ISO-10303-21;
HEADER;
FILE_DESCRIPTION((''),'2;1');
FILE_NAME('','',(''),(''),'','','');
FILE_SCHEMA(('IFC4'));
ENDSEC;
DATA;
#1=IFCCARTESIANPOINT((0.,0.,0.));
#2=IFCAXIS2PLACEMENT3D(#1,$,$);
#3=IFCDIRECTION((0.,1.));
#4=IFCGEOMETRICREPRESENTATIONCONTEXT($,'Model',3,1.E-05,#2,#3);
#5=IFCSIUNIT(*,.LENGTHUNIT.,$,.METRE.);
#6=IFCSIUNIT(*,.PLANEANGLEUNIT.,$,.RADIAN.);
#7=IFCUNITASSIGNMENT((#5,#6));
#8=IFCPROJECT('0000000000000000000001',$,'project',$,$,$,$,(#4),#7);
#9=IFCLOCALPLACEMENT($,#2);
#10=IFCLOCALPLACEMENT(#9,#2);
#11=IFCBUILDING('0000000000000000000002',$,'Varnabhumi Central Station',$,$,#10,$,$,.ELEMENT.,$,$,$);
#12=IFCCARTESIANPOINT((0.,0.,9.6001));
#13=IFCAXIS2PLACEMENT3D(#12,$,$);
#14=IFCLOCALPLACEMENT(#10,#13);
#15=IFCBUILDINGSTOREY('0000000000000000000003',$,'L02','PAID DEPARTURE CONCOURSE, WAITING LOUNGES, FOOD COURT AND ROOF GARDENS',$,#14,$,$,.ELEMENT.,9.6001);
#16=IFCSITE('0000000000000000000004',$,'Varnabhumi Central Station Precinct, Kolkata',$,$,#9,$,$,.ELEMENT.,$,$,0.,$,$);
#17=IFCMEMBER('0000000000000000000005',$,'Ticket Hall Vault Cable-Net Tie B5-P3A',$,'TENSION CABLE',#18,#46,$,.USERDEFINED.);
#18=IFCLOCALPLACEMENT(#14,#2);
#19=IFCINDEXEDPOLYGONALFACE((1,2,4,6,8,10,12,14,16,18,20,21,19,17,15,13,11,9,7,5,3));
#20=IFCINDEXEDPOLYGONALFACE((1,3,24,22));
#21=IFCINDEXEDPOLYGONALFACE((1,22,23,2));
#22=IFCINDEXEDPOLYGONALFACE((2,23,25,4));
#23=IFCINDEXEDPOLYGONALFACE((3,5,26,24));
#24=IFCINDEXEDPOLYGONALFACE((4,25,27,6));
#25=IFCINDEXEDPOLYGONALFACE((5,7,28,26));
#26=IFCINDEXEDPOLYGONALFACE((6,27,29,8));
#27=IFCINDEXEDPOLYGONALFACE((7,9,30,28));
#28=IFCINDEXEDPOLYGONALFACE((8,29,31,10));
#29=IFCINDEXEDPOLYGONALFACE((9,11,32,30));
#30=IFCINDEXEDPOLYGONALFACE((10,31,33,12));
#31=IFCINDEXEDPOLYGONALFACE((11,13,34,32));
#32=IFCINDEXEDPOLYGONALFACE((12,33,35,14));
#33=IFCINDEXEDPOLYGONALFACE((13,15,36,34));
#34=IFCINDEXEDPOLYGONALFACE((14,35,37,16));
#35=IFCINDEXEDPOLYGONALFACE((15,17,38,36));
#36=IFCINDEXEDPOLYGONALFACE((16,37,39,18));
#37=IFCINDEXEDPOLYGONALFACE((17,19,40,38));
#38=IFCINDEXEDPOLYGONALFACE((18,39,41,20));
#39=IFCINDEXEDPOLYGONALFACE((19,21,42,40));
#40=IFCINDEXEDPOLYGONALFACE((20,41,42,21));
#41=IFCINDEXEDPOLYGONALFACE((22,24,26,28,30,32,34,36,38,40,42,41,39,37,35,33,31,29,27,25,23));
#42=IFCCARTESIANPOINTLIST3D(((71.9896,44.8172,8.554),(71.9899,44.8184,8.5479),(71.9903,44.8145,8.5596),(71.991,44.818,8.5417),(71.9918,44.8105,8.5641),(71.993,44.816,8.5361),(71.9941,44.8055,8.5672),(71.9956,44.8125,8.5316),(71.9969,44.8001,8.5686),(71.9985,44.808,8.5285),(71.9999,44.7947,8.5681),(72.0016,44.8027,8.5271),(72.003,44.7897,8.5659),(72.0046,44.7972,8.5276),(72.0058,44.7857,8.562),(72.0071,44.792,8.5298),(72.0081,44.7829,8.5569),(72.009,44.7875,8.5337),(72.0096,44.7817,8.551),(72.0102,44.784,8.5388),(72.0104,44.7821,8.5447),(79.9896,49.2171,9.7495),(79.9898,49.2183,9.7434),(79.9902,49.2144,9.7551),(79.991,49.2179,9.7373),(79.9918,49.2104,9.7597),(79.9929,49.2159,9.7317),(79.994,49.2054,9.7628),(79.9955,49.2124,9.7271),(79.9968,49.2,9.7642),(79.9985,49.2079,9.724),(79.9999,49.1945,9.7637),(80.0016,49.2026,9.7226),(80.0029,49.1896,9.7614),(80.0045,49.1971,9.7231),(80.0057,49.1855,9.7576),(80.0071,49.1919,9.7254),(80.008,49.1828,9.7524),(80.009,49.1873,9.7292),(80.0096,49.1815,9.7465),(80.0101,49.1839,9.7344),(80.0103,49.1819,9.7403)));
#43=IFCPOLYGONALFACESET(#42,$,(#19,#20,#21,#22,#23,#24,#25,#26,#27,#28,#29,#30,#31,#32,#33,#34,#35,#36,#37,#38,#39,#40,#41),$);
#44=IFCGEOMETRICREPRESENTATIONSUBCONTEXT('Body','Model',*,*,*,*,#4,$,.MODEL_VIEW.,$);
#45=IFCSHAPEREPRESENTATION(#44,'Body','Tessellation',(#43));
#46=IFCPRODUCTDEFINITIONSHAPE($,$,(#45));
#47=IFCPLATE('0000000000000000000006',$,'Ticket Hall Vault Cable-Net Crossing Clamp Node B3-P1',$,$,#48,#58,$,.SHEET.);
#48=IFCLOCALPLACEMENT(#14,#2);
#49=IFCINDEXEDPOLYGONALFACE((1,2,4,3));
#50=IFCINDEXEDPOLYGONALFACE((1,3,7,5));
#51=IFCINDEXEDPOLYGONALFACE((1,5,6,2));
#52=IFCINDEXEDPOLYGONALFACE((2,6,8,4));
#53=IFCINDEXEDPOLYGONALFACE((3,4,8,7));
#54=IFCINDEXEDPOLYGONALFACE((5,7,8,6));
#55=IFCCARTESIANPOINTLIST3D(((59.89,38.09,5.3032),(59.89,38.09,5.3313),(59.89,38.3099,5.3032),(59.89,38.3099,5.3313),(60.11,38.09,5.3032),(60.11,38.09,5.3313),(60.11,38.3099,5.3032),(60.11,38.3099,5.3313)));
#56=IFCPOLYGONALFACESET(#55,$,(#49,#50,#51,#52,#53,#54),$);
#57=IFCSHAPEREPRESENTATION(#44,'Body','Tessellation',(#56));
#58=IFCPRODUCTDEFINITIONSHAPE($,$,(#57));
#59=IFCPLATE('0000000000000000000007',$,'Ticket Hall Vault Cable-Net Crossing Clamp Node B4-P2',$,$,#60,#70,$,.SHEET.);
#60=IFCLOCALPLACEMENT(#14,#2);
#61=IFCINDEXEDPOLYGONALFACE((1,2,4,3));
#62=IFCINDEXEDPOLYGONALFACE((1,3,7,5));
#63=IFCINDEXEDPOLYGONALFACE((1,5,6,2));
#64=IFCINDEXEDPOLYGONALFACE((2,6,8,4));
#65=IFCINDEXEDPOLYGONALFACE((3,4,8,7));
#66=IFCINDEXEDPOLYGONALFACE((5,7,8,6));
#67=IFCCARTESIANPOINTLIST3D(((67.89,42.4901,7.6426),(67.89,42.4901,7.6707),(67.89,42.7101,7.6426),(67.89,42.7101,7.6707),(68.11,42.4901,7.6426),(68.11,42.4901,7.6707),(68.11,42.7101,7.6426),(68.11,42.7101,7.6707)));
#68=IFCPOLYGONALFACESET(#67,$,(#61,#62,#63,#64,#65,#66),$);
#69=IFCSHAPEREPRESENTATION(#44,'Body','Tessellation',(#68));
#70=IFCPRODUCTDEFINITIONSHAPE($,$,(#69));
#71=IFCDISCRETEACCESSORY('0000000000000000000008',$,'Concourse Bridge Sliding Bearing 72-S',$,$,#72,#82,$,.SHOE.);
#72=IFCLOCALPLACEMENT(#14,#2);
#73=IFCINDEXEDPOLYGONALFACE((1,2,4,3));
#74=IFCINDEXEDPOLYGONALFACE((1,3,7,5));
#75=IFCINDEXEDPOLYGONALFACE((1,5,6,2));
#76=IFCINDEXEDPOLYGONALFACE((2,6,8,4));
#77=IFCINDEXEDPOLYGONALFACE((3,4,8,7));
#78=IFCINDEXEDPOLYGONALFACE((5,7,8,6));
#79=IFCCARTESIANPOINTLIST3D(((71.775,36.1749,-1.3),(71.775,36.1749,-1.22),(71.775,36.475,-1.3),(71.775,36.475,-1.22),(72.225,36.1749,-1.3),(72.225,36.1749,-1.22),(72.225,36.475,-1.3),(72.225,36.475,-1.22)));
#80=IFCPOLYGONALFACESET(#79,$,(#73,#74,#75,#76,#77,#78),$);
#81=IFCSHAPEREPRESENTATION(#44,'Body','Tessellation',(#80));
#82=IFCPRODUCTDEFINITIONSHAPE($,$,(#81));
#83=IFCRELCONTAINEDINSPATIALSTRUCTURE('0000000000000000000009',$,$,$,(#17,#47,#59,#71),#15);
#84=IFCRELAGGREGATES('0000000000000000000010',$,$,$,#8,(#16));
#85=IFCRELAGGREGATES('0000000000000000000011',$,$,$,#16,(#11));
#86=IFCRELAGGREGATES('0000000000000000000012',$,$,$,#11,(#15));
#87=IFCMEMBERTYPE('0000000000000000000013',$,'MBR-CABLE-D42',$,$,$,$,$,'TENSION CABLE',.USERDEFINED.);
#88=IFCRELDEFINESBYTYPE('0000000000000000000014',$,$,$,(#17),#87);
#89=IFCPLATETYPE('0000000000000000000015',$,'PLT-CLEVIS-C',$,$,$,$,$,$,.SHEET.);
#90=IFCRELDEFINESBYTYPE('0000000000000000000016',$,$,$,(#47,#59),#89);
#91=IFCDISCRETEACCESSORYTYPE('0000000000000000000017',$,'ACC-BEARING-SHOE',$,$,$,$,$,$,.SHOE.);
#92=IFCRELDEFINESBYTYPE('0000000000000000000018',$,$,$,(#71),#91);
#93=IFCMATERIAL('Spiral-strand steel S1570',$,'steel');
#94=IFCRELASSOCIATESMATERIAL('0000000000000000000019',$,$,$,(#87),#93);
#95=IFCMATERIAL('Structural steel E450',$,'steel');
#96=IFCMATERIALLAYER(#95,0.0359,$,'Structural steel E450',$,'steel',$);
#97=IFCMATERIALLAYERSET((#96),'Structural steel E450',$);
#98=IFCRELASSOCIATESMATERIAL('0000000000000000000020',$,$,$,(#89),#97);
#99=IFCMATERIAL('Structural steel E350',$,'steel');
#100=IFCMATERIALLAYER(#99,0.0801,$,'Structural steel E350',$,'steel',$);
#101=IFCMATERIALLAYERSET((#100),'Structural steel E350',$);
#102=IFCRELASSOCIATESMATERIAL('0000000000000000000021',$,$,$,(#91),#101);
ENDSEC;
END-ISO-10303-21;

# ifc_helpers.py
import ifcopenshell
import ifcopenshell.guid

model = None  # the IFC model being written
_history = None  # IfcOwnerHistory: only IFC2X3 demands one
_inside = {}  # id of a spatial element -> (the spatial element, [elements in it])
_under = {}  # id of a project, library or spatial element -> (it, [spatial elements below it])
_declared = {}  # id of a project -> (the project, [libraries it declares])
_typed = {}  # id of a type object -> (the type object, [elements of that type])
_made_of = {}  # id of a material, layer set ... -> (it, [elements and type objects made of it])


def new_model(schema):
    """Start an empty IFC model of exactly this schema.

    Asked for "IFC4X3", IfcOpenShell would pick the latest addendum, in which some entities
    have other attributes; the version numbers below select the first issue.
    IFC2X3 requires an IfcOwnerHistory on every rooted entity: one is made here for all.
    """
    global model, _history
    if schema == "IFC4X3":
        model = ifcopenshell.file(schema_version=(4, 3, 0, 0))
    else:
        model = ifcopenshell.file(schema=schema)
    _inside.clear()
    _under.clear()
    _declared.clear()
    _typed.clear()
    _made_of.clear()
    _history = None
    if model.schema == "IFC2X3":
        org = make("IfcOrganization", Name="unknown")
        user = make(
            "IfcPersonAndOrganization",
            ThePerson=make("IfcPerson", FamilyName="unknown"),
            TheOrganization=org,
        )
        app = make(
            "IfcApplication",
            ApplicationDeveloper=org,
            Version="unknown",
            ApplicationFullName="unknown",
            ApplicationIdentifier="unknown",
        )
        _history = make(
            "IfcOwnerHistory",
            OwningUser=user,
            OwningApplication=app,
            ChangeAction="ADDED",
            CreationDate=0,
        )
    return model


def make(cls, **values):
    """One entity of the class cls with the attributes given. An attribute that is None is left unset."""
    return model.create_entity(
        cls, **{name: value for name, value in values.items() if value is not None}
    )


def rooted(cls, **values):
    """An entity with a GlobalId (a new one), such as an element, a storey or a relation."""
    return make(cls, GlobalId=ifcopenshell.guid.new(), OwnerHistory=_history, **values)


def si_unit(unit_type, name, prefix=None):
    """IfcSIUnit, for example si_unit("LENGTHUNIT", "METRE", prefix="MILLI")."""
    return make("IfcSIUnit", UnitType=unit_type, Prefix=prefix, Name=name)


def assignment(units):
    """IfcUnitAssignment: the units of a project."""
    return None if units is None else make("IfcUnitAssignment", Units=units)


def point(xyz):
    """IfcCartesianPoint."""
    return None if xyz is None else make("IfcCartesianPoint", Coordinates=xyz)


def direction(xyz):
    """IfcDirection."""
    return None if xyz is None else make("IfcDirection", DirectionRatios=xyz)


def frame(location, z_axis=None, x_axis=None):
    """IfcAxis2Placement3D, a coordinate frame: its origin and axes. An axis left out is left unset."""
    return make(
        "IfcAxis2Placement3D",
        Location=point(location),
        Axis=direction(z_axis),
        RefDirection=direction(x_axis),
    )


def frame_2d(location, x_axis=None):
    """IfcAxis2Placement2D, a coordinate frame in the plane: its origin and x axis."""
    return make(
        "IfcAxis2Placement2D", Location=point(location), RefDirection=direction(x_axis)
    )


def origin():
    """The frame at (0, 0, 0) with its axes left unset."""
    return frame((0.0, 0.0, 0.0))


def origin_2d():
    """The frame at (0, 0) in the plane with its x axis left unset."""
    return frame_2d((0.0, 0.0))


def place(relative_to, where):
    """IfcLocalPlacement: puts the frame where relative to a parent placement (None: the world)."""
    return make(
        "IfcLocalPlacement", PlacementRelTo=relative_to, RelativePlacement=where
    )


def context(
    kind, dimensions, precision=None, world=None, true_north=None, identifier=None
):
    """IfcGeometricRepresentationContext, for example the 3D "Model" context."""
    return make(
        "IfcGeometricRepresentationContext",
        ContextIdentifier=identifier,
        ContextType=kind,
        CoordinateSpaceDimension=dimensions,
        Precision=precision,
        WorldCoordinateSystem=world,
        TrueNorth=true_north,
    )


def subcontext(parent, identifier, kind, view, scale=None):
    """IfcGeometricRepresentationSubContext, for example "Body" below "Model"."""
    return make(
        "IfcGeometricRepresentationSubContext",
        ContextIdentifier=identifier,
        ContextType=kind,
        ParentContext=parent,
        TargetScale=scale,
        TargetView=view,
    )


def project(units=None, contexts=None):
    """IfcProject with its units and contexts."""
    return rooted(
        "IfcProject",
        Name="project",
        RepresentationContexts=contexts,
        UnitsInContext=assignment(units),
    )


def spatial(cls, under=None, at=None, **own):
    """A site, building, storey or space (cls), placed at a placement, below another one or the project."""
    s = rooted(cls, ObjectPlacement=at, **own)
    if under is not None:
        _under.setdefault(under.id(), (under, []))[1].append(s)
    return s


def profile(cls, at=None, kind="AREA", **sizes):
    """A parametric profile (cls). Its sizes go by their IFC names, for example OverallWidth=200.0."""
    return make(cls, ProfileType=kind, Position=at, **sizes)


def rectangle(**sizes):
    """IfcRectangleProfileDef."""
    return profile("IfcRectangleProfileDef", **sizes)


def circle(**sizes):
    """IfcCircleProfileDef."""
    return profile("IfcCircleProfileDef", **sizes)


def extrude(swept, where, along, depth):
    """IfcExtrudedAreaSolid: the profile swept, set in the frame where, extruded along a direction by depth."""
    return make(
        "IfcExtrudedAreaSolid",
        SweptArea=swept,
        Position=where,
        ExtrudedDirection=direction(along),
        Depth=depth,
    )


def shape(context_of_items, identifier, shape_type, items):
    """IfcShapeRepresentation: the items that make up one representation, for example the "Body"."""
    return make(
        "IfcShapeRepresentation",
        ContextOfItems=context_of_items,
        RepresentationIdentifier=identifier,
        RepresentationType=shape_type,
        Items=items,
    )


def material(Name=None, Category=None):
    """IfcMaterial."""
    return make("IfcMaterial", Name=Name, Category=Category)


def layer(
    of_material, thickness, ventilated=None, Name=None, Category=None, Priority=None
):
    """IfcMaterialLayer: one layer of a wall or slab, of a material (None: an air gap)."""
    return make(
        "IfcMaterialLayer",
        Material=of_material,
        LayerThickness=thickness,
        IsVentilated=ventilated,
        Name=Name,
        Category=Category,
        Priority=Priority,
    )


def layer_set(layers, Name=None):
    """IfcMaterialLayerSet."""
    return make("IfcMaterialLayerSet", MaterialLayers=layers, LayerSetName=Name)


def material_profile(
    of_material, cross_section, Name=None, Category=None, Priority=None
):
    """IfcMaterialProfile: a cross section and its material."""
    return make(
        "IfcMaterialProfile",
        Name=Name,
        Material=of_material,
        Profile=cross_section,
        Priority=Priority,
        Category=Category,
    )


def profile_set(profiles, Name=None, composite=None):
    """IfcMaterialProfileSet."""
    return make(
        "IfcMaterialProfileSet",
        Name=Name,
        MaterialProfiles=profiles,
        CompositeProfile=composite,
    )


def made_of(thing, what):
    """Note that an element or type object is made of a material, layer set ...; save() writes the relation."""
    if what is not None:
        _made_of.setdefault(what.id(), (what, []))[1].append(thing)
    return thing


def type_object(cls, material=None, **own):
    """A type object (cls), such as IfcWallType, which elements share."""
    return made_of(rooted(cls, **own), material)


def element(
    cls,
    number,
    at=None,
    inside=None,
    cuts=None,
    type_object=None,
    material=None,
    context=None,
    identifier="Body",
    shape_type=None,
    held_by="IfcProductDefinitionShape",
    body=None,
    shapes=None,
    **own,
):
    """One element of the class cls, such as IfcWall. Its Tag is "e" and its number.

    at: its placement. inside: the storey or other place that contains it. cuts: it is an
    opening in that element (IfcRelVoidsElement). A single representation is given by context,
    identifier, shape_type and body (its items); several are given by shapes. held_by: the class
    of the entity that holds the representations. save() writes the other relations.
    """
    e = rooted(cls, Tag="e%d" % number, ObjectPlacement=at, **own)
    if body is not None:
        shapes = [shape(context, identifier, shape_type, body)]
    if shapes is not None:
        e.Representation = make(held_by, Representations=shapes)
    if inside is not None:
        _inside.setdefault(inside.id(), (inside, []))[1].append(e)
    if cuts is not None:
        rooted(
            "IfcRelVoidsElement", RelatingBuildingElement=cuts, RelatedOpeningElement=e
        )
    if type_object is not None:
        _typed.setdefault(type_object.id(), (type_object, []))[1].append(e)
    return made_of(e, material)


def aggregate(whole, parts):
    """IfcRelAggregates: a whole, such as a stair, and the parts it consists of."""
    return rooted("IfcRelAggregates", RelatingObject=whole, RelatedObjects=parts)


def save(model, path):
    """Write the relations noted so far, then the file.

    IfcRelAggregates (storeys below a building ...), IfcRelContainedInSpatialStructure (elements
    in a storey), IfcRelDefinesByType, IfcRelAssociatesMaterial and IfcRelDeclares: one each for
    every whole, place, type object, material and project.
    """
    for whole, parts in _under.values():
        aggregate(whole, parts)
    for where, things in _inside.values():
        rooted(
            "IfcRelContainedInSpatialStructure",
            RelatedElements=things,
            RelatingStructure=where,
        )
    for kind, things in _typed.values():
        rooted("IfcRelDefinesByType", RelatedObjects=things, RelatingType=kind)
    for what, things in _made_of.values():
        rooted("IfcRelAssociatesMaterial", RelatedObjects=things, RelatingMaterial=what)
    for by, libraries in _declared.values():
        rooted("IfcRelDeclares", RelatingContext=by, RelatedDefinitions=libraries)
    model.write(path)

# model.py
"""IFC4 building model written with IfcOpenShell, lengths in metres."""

from ifc_helpers import new_model, si_unit, direction, frame, origin, origin_2d, place, context, subcontext, project, spatial, rectangle, circle, extrude, material, layer, layer_set, material_profile, profile_set, type_object, element, save


model = new_model("IFC4")

# Units and contexts
model_context = context("Model", 3, precision=1e-05, world=origin(), true_north=direction((0.0, 1.0)))
body_context = subcontext(model_context, "Body", "Model", "MODEL_VIEW")
ifc_project = project(units=[si_unit("LENGTHUNIT", "METRE"), si_unit("PLANEANGLEUNIT", "RADIAN")], contexts=[model_context])

# Site, building, storey
site_placement = place(None, origin())
site = spatial("IfcSite", under=ifc_project, at=site_placement, Name="Varnabhumi Central Station Precinct, Kolkata", CompositionType="ELEMENT", RefElevation=0.0)
building_placement = place(site_placement, origin())
building = spatial("IfcBuilding", under=site, at=building_placement, Name="Varnabhumi Central Station", CompositionType="ELEMENT")
storey_placement = place(building_placement, frame((0.0, 0.0, 9.6001)))
storey = spatial("IfcBuildingStorey", under=building, at=storey_placement, Name="L02", Description="PAID DEPARTURE CONCOURSE, WAITING LOUNGES, FOOD COURT AND ROOF GARDENS", CompositionType="ELEMENT", Elevation=9.6001)

# Shared definitions
ifc_material_1 = material(Name="Structural steel E450", Category="steel")
ifc_material_2 = material(Name="Structural steel E350", Category="steel")

# Member
ifc_material_3 = material(Name="Spiral-strand steel S1570", Category="steel")
ifc_material_profile_1 = material_profile(ifc_material_3, circle(Radius=0.021, at=origin_2d()), Name="Spiral-strand steel S1570", Category="steel")
ifc_profile_set_1 = profile_set([ifc_material_profile_1], Name="Spiral-strand steel S1570")
member_type_1 = type_object("IfcMemberType", Name="MBR-CABLE-D42", ElementType="TENSION CABLE", PredefinedType="USERDEFINED", material=ifc_profile_set_1)
member_1_placement = place(storey_placement, frame((72.0, 44.8, 8.5479), z_axis=(0.868803, 0.477831, 0.129838), x_axis=(-0.481911, 0.87622, 0.0)))
element("IfcMember", 1, at=member_1_placement, inside=storey, type_object=member_type_1, Name="Ticket Hall Vault Cable-Net Tie B5-P3A", ObjectType="TENSION CABLE", PredefinedType="USERDEFINED", context=body_context, shape_type="SweptSolid", body=[
    extrude(circle(Radius=0.021, at=origin_2d()), origin(), (0.0, 0.0, 1.0), 9.208),
])

# Plates
ifc_layer_1 = layer(ifc_material_1, 0.0359, Name="Structural steel E450", Category="steel")
ifc_layer_set_1 = layer_set([ifc_layer_1], Name="Structural steel E450")
plate_type = type_object("IfcPlateType", Name="PLT-CLEVIS-C", PredefinedType="SHEET", material=ifc_layer_set_1)
for number, where, z_axis, x_axis, name in (
    (2, (60.0, 38.2, 5.3032), (0.0, 0.0, 1.0), (1.0, 0.0, 0.0), "Ticket Hall Vault Cable-Net Crossing Clamp Node B3-P1"),
    (3, (68.0, 42.6001, 7.6426), (0.0, 0.0, 1.0), (1.0, 0.0, 0.0), "Ticket Hall Vault Cable-Net Crossing Clamp Node B4-P2"),
):
    element("IfcPlate", number, at=place(storey_placement, frame(where, z_axis=z_axis, x_axis=x_axis)), inside=storey, type_object=plate_type, Name=name, PredefinedType="SHEET", context=body_context, shape_type="SweptSolid", body=[
        extrude(rectangle(XDim=0.22, YDim=0.22, at=origin_2d()), origin(), (0.0, 0.0, 1.0), 0.0281),
    ])

# Discrete accessory
ifc_layer_2 = layer(ifc_material_2, 0.0801, Name="Structural steel E350", Category="steel")
ifc_layer_set_2 = layer_set([ifc_layer_2], Name="Structural steel E350")
discrete_accessory_type = type_object("IfcDiscreteAccessoryType", Name="ACC-BEARING-SHOE", PredefinedType="SHOE", material=ifc_layer_set_2)
discrete_accessory_placement = place(storey_placement, frame((72.0, 36.325, -1.3), z_axis=(0.0, 0.0, 1.0), x_axis=(1.0, 0.0, 0.0)))
element("IfcDiscreteAccessory", 4, at=discrete_accessory_placement, inside=storey, type_object=discrete_accessory_type, Name="Concourse Bridge Sliding Bearing 72-S", PredefinedType="SHOE", context=body_context, shape_type="SweptSolid", body=[
    extrude(rectangle(XDim=0.45, YDim=0.3, at=origin_2d()), origin(), (0.0, 0.0, 1.0), 0.0801),
])

save(model, "model.ifc")
